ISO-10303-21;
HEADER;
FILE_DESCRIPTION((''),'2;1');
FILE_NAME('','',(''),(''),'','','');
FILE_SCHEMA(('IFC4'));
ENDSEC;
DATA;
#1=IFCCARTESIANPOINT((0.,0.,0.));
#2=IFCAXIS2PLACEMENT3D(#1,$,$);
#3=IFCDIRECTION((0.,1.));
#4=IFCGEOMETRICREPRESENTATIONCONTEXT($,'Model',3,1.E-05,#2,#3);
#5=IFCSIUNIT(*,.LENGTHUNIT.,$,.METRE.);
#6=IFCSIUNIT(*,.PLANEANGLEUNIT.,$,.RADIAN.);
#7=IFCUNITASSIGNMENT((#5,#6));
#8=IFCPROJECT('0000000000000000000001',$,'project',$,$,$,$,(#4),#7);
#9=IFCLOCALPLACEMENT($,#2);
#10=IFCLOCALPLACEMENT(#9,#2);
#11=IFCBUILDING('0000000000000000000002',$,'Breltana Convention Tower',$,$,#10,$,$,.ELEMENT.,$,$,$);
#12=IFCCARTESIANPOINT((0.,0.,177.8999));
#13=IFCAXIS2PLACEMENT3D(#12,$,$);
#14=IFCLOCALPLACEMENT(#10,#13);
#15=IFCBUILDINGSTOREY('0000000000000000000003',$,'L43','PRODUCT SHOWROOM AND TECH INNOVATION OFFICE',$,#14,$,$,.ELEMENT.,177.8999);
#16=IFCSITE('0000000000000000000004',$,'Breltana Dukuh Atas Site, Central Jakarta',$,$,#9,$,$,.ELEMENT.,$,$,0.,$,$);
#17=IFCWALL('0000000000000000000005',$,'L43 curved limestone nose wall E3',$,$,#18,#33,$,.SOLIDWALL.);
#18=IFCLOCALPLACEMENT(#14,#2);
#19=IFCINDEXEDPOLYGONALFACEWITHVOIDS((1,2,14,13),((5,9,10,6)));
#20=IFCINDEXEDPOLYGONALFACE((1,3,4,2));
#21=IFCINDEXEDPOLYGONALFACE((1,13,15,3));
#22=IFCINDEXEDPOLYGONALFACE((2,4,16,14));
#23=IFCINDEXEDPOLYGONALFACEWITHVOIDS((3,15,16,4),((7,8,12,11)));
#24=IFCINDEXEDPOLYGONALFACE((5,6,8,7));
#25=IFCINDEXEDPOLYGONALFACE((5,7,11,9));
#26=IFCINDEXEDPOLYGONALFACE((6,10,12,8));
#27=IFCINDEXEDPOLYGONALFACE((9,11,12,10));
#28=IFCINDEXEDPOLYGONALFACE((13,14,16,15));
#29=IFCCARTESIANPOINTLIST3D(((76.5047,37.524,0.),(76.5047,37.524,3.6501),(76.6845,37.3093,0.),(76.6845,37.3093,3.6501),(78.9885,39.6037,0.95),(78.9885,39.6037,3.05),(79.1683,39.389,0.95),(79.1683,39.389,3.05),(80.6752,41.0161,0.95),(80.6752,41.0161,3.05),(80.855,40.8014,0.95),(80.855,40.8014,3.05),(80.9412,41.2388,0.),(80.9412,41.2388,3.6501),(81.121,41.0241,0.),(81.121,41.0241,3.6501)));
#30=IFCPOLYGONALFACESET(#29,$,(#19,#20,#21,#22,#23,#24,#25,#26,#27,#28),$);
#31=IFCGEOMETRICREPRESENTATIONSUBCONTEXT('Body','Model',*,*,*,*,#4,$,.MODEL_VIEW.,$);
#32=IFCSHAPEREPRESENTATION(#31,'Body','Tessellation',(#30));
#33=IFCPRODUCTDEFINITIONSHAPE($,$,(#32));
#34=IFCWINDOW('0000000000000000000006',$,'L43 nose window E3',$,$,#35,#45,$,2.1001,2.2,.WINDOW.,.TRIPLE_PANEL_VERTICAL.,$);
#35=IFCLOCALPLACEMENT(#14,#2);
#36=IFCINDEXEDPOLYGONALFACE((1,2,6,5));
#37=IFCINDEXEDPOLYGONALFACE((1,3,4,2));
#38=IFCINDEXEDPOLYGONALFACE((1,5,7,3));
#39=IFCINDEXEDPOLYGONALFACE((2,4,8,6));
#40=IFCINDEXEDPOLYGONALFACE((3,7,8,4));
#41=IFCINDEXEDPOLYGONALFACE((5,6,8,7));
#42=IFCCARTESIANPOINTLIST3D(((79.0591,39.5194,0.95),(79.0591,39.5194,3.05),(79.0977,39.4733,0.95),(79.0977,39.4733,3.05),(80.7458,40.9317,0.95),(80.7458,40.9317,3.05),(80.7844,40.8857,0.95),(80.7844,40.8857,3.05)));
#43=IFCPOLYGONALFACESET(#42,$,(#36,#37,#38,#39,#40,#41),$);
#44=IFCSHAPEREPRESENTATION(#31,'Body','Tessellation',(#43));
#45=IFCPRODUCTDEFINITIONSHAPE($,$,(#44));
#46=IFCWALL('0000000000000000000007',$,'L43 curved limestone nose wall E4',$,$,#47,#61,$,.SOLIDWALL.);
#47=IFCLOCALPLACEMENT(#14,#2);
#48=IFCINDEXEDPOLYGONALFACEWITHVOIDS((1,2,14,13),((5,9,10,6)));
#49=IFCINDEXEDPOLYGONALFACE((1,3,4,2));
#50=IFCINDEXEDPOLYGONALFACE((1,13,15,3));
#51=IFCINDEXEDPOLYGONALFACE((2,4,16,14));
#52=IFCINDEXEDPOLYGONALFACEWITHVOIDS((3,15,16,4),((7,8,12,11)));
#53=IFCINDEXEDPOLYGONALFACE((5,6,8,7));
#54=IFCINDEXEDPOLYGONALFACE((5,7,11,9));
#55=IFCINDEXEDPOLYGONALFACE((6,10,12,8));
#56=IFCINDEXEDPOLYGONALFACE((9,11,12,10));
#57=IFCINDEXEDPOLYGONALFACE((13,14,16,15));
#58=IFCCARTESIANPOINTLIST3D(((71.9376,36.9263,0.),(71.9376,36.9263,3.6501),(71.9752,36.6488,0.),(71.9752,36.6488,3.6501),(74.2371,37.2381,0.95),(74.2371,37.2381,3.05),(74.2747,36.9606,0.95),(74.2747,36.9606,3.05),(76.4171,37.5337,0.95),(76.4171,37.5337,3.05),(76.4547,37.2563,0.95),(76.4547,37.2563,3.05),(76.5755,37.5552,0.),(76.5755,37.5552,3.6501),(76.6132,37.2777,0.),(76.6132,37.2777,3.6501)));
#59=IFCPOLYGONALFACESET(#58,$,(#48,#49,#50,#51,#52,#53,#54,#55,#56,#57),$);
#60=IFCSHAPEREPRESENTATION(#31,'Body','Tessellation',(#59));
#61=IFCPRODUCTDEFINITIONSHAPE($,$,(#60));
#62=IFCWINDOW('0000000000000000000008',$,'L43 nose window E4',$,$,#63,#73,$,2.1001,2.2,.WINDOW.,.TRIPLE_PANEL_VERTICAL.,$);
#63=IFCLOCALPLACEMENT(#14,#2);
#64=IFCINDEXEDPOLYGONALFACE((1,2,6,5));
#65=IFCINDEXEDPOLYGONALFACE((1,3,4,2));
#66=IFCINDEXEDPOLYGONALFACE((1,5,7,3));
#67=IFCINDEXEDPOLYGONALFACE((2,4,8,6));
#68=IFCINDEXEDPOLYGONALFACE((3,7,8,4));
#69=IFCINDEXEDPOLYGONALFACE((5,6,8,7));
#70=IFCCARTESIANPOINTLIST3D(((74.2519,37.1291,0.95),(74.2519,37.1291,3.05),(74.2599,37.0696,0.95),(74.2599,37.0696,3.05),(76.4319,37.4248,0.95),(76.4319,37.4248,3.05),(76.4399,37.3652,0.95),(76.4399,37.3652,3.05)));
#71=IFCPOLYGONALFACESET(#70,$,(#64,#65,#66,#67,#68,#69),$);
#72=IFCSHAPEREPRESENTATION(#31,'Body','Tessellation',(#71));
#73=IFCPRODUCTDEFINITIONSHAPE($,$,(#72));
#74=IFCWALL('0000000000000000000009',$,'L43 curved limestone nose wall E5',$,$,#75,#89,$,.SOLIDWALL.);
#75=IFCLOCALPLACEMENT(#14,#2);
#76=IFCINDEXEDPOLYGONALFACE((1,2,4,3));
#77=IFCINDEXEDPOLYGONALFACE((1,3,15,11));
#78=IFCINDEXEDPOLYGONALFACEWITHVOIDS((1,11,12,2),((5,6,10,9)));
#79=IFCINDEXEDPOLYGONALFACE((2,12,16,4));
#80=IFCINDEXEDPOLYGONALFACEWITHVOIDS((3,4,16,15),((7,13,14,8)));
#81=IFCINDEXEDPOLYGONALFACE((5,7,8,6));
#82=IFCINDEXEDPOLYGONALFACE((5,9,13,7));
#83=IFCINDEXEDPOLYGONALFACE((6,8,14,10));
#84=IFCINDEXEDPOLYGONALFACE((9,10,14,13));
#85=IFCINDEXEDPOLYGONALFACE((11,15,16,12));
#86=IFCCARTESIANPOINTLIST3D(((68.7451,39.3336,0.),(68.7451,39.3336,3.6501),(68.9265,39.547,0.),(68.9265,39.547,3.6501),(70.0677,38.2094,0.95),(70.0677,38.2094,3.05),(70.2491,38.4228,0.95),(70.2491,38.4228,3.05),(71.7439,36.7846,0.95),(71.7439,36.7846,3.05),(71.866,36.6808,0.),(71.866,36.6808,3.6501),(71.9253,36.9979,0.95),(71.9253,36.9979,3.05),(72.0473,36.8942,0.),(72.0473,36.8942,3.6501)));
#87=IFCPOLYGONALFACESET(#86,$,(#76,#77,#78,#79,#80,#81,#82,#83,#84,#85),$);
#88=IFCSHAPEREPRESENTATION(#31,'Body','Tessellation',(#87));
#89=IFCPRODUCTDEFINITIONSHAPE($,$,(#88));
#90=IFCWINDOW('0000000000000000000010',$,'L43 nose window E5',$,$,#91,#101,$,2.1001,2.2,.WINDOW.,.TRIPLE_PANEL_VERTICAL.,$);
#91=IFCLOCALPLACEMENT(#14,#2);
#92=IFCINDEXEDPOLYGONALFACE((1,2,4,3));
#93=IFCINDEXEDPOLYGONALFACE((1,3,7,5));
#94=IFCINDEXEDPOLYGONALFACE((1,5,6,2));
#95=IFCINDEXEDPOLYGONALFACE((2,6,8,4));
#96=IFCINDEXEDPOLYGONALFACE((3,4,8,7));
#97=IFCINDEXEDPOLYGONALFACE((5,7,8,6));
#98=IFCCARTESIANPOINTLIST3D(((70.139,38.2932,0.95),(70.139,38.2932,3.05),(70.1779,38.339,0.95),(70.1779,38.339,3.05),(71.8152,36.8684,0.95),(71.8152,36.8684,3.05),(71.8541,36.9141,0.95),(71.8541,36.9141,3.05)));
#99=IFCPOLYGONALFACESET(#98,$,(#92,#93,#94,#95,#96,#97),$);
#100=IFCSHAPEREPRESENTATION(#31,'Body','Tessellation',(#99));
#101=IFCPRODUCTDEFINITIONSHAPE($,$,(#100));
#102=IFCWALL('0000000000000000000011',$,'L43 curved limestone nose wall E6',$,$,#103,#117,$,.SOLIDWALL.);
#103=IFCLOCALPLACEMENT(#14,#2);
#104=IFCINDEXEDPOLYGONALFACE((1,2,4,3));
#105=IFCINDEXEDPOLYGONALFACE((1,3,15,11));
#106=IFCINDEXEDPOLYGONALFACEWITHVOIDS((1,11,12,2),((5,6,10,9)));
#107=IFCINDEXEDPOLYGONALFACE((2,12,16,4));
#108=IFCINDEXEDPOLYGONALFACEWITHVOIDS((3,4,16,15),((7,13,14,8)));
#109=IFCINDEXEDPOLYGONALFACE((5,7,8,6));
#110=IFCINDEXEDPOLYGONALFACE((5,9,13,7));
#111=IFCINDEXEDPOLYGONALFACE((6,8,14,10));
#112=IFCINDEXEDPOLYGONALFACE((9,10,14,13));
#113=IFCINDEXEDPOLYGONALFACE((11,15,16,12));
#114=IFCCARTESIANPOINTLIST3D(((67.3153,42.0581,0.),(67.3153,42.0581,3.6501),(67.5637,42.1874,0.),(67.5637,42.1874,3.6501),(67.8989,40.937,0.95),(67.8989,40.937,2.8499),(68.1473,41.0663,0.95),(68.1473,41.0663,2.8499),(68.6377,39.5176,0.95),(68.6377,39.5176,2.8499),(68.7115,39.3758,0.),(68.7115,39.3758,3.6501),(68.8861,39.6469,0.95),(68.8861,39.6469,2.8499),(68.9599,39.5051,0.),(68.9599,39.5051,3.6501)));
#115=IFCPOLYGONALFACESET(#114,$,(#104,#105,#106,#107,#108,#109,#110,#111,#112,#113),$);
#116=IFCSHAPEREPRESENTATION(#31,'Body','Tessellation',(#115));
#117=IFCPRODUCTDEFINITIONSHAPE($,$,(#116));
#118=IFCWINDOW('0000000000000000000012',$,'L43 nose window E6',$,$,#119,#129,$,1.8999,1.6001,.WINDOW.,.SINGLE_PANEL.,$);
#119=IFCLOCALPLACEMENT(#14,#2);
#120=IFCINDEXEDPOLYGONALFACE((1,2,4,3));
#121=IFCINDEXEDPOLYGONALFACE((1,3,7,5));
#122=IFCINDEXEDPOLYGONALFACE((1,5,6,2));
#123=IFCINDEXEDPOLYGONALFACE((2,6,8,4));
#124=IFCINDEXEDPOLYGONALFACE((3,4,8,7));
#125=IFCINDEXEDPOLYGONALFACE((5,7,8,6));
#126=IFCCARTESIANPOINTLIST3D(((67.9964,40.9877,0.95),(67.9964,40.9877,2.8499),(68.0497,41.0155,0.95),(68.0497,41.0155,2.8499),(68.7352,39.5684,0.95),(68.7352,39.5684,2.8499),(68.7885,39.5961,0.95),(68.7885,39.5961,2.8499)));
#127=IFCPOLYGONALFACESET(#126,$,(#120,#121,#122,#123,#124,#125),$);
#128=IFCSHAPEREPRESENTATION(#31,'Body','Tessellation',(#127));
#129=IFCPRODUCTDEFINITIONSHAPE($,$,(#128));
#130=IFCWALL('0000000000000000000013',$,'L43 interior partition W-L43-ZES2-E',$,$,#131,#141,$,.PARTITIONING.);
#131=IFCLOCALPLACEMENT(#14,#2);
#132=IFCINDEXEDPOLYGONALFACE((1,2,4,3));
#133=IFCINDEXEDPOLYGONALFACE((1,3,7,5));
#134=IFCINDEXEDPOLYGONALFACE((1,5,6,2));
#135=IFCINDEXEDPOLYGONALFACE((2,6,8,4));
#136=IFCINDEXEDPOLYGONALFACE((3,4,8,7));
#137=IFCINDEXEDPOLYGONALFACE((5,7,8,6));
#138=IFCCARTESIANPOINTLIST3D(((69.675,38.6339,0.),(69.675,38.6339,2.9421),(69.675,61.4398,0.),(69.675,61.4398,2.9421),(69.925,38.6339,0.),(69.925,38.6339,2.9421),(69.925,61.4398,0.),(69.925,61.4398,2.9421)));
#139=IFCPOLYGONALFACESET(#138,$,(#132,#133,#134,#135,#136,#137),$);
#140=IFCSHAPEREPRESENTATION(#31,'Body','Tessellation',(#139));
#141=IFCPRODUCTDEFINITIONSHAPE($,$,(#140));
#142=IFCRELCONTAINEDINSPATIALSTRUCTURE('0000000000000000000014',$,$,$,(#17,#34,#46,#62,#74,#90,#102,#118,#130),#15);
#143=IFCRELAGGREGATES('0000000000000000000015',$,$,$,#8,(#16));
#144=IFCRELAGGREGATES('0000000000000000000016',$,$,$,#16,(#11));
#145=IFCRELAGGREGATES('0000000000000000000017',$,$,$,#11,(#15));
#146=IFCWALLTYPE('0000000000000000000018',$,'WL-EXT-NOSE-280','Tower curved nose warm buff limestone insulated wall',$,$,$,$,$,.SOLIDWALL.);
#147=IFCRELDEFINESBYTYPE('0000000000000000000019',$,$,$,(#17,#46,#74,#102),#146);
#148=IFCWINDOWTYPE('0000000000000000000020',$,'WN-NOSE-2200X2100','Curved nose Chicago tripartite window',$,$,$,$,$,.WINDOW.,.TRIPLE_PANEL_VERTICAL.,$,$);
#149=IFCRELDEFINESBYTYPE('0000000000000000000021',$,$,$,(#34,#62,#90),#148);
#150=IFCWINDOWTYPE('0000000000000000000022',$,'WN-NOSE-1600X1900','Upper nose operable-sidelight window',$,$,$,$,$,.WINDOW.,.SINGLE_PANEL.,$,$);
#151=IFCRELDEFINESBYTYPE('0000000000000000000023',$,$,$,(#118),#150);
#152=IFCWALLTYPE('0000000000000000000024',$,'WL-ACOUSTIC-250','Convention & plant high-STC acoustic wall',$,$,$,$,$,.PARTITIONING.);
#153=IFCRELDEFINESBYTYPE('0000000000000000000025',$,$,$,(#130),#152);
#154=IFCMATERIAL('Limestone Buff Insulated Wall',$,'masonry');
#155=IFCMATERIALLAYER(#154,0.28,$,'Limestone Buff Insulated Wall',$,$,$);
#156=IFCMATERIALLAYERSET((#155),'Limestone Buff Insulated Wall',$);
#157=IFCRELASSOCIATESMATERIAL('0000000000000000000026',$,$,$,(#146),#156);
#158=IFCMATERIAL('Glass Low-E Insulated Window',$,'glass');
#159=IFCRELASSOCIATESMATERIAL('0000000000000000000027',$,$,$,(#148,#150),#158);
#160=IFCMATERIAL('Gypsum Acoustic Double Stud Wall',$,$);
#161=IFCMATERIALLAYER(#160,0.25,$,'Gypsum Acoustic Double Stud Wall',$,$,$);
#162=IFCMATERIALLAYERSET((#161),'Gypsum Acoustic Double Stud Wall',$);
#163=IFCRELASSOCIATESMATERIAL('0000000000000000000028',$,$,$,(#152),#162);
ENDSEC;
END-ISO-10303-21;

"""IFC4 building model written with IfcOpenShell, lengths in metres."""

from ifc_helpers import new_model, si_unit, direction, frame, frame_2d, origin, place, context, subcontext, project, spatial, rectangle, extrude, source, transform, mapped, material, layer, layer_set, type_object, type_shapes, element, fill, save


model = new_model("IFC4")

# Units and contexts
model_context = context("Model", 3, precision=1e-05, world=origin(), true_north=direction((0.0, 1.0)))
body_context = subcontext(model_context, "Body", "Model", "MODEL_VIEW")
ifc_project = project(units=[si_unit("LENGTHUNIT", "METRE"), si_unit("PLANEANGLEUNIT", "RADIAN")], contexts=[model_context])

# Site, building, storey
site_placement = place(None, origin())
site = spatial("IfcSite", under=ifc_project, at=site_placement, Name="Breltana Dukuh Atas Site, Central Jakarta", CompositionType="ELEMENT", RefElevation=0.0)
building_placement = place(site_placement, origin())
building = spatial("IfcBuilding", under=site, at=building_placement, Name="Breltana Convention Tower", CompositionType="ELEMENT")
storey_placement = place(building_placement, frame((0.0, 0.0, 177.8999)))
storey = spatial("IfcBuildingStorey", under=building, at=storey_placement, Name="L43", Description="PRODUCT SHOWROOM AND TECH INNOVATION OFFICE", CompositionType="ELEMENT", Elevation=177.8999)

# Walls, openings, windows
ifc_material_1 = material(Name="Limestone Buff Insulated Wall", Category="masonry")
ifc_layer_1 = layer(ifc_material_1, 0.28, Name="Limestone Buff Insulated Wall")
ifc_layer_set_1 = layer_set([ifc_layer_1], Name="Limestone Buff Insulated Wall")
wall_type_1 = type_object("IfcWallType", Name="WL-EXT-NOSE-280", Description="Tower curved nose warm buff limestone insulated wall", PredefinedType="SOLIDWALL", material=ifc_layer_set_1)
shared_shape_1 = source(origin(), body_context, "Body", "SweptSolid", [
    extrude(rectangle(XDim=5.7864, YDim=0.28, at=frame_2d((2.8931, 0.0))), origin(), (0.0, 0.0, 1.0), 3.6501),
])
wall_1_placement = place(storey_placement, frame((81.031, 41.1313, 0.0), z_axis=(0.0, 0.0, 1.0), x_axis=(-0.766711, -0.641992, 0.0)))
wall_1 = element("IfcWall", 1, at=wall_1_placement, inside=storey, type_object=wall_type_1, Name="L43 curved limestone nose wall E3", PredefinedType="SOLIDWALL", context=body_context, shape_type="MappedRepresentation", body=[
    mapped(shared_shape_1, transform((0.0, 0.0, 0.0), scale=1.0)),
])
opening_1_placement = place(wall_1_placement, frame((0.3467, 0.0, 0.95)))
opening_1 = element("IfcOpeningElement", 2, at=opening_1_placement, cuts=wall_1, PredefinedType="OPENING", context=body_context, shape_type="SweptSolid", body=[
    extrude(rectangle(XDim=2.2, YDim=2.1001, at=frame_2d((1.1001, 1.05))), frame((0.0, 0.1499, 0.0), z_axis=(0.0, -1.0, 0.0), x_axis=(1.0, 0.0, 0.0)), (0.0, 0.0, 1.0), 0.3),
])
ifc_material_2 = material(Name="Glass Low-E Insulated Window", Category="glass")
window_type_1 = type_object("IfcWindowType", Name="WN-NOSE-2200X2100", Description="Curved nose Chicago tripartite window", PartitioningType="TRIPLE_PANEL_VERTICAL", PredefinedType="WINDOW", material=ifc_material_2)
shared_shape_2 = source(origin(), body_context, "Body", "SweptSolid", [
    extrude(rectangle(XDim=2.2, YDim=2.1001, at=frame_2d((1.1001, 1.05))), frame((0.0, 0.03, 0.0), z_axis=(0.0, -1.0, 0.0), x_axis=(1.0, 0.0, 0.0)), (0.0, 0.0, 1.0), 0.0601),
])
type_shapes(window_type_1, [shared_shape_2])
window_1_placement = place(opening_1_placement, origin())
window_1 = element("IfcWindow", 3, at=window_1_placement, inside=storey, type_object=window_type_1, Name="L43 nose window E3", OverallHeight=2.1001, OverallWidth=2.2, PartitioningType="TRIPLE_PANEL_VERTICAL", PredefinedType="WINDOW", context=body_context, shape_type="MappedRepresentation", body=[
    mapped(shared_shape_2, transform((0.0, 0.0, 0.0), scale=1.0)),
])
fill(opening_1, window_1)
shared_shape_3 = source(origin(), body_context, "Body", "SweptSolid", [
    extrude(rectangle(XDim=4.6804, YDim=0.28, at=frame_2d((2.3403, 0.0))), origin(), (0.0, 0.0, 1.0), 3.6501),
])
wall_2_placement = place(storey_placement, frame((76.5945, 37.4165, 0.0), z_axis=(0.0, 0.0, 1.0), x_axis=(-0.990931, -0.134371, 0.0)))
wall_2 = element("IfcWall", 4, at=wall_2_placement, inside=storey, type_object=wall_type_1, Name="L43 curved limestone nose wall E4", PredefinedType="SOLIDWALL", context=body_context, shape_type="MappedRepresentation", body=[
    mapped(shared_shape_3, transform((0.0, 0.0, 0.0), scale=1.0)),
])
opening_2_placement = place(wall_2_placement, frame((0.1599, 0.0, 0.95)))
opening_2 = element("IfcOpeningElement", 5, at=opening_2_placement, cuts=wall_2, PredefinedType="OPENING", context=body_context, shape_type="SweptSolid", body=[
    extrude(rectangle(XDim=2.2, YDim=2.1001, at=frame_2d((1.1001, 1.05))), frame((0.0, 0.1499, 0.0), z_axis=(0.0, -1.0, 0.0), x_axis=(1.0, 0.0, 0.0)), (0.0, 0.0, 1.0), 0.3),
])
window_2_placement = place(opening_2_placement, origin())
window_2 = element("IfcWindow", 6, at=window_2_placement, inside=storey, type_object=window_type_1, Name="L43 nose window E4", OverallHeight=2.1001, OverallWidth=2.2, PartitioningType="TRIPLE_PANEL_VERTICAL", PredefinedType="WINDOW", context=body_context, shape_type="MappedRepresentation", body=[
    mapped(shared_shape_2, transform((0.0, 0.0, 0.0), scale=1.0)),
])
fill(opening_2, window_2)
shared_shape_4 = source(origin(), body_context, "Body", "SweptSolid", [
    extrude(rectangle(XDim=4.0959, YDim=0.28, at=frame_2d((2.0479, 0.0))), origin(), (0.0, 0.0, 1.0), 3.6501),
])
wall_3_placement = place(storey_placement, frame((71.9565, 36.7876, 0.0), z_axis=(0.0, 0.0, 1.0), x_axis=(-0.761926, 0.647664, 0.0)))
wall_3 = element("IfcWall", 7, at=wall_3_placement, inside=storey, type_object=wall_type_1, Name="L43 curved limestone nose wall E5", PredefinedType="SOLIDWALL", context=body_context, shape_type="MappedRepresentation", body=[
    mapped(shared_shape_4, transform((0.0, 0.0, 0.0), scale=1.0)),
])
opening_3_placement = place(wall_3_placement, frame((0.1599, 0.0, 0.95)))
opening_3 = element("IfcOpeningElement", 8, at=opening_3_placement, cuts=wall_3, PredefinedType="OPENING", context=body_context, shape_type="SweptSolid", body=[
    extrude(rectangle(XDim=2.2, YDim=2.1001, at=frame_2d((1.1001, 1.05))), frame((0.0, 0.1499, 0.0), z_axis=(0.0, -1.0, 0.0), x_axis=(1.0, 0.0, 0.0)), (0.0, 0.0, 1.0), 0.3),
])
window_3_placement = place(opening_3_placement, origin())
window_3 = element("IfcWindow", 9, at=window_3_placement, inside=storey, type_object=window_type_1, Name="L43 nose window E5", OverallHeight=2.1001, OverallWidth=2.2, PartitioningType="TRIPLE_PANEL_VERTICAL", PredefinedType="WINDOW", context=body_context, shape_type="MappedRepresentation", body=[
    mapped(shared_shape_2, transform((0.0, 0.0, 0.0), scale=1.0)),
])
fill(opening_3, window_3)
shared_shape_5 = source(origin(), body_context, "Body", "SweptSolid", [
    extrude(rectangle(XDim=3.0239, YDim=0.28, at=frame_2d((1.512, 0.0))), origin(), (0.0, 0.0, 1.0), 3.6501),
])
wall_4_placement = place(storey_placement, frame((68.8357, 39.4404, 0.0), z_axis=(0.0, 0.0, 1.0), x_axis=(-0.461719, 0.887026, 0.0)))
wall_4 = element("IfcWall", 10, at=wall_4_placement, inside=storey, type_object=wall_type_1, Name="L43 curved limestone nose wall E6", PredefinedType="SOLIDWALL", context=body_context, shape_type="MappedRepresentation", body=[
    mapped(shared_shape_5, transform((0.0, 0.0, 0.0), scale=1.0)),
])
opening_4_placement = place(wall_4_placement, frame((0.1599, 0.0, 0.95)))
opening_4 = element("IfcOpeningElement", 11, at=opening_4_placement, cuts=wall_4, PredefinedType="OPENING", context=body_context, shape_type="SweptSolid", body=[
    extrude(rectangle(XDim=1.6001, YDim=1.8999, at=frame_2d((0.8, 0.95))), frame((0.0, 0.1499, 0.0), z_axis=(0.0, -1.0, 0.0), x_axis=(1.0, 0.0, 0.0)), (0.0, 0.0, 1.0), 0.3),
])
window_type_2 = type_object("IfcWindowType", Name="WN-NOSE-1600X1900", Description="Upper nose operable-sidelight window", PartitioningType="SINGLE_PANEL", PredefinedType="WINDOW", material=ifc_material_2)
shared_shape_6 = source(origin(), body_context, "Body", "SweptSolid", [
    extrude(rectangle(XDim=1.6001, YDim=1.8999, at=frame_2d((0.8, 0.95))), frame((0.0, 0.03, 0.0), z_axis=(0.0, -1.0, 0.0), x_axis=(1.0, 0.0, 0.0)), (0.0, 0.0, 1.0), 0.0601),
])
type_shapes(window_type_2, [shared_shape_6])
window_4_placement = place(opening_4_placement, origin())
window_4 = element("IfcWindow", 12, at=window_4_placement, inside=storey, type_object=window_type_2, Name="L43 nose window E6", OverallHeight=1.8999, OverallWidth=1.6001, PartitioningType="SINGLE_PANEL", PredefinedType="WINDOW", context=body_context, shape_type="MappedRepresentation", body=[
    mapped(shared_shape_6, transform((0.0, 0.0, 0.0), scale=1.0)),
])
fill(opening_4, window_4)

# Wall
ifc_material_3 = material(Name="Gypsum Acoustic Double Stud Wall")
ifc_layer_2 = layer(ifc_material_3, 0.25, Name="Gypsum Acoustic Double Stud Wall")
ifc_layer_set_2 = layer_set([ifc_layer_2], Name="Gypsum Acoustic Double Stud Wall")
wall_type_2 = type_object("IfcWallType", Name="WL-ACOUSTIC-250", Description="Convention & plant high-STC acoustic wall", PredefinedType="PARTITIONING", material=ifc_layer_set_2)
shared_shape_7 = source(origin(), body_context, "Body", "SweptSolid", [
    extrude(rectangle(XDim=22.8059, YDim=0.25, at=frame_2d((11.4028, 0.0))), origin(), (0.0, 0.0, 1.0), 2.9421),
])
wall_5_placement = place(storey_placement, frame((69.8, 38.634, 0.0), z_axis=(0.0, 0.0, 1.0), x_axis=(0.0, 1.0, 0.0)))
element("IfcWall", 13, at=wall_5_placement, inside=storey, type_object=wall_type_2, Name="L43 interior partition W-L43-ZES2-E", PredefinedType="PARTITIONING", context=body_context, shape_type="MappedRepresentation", body=[
    mapped(shared_shape_7, transform((0.0, 0.0, 0.0), scale=1.0)),
])

save(model, "model.ifc")
